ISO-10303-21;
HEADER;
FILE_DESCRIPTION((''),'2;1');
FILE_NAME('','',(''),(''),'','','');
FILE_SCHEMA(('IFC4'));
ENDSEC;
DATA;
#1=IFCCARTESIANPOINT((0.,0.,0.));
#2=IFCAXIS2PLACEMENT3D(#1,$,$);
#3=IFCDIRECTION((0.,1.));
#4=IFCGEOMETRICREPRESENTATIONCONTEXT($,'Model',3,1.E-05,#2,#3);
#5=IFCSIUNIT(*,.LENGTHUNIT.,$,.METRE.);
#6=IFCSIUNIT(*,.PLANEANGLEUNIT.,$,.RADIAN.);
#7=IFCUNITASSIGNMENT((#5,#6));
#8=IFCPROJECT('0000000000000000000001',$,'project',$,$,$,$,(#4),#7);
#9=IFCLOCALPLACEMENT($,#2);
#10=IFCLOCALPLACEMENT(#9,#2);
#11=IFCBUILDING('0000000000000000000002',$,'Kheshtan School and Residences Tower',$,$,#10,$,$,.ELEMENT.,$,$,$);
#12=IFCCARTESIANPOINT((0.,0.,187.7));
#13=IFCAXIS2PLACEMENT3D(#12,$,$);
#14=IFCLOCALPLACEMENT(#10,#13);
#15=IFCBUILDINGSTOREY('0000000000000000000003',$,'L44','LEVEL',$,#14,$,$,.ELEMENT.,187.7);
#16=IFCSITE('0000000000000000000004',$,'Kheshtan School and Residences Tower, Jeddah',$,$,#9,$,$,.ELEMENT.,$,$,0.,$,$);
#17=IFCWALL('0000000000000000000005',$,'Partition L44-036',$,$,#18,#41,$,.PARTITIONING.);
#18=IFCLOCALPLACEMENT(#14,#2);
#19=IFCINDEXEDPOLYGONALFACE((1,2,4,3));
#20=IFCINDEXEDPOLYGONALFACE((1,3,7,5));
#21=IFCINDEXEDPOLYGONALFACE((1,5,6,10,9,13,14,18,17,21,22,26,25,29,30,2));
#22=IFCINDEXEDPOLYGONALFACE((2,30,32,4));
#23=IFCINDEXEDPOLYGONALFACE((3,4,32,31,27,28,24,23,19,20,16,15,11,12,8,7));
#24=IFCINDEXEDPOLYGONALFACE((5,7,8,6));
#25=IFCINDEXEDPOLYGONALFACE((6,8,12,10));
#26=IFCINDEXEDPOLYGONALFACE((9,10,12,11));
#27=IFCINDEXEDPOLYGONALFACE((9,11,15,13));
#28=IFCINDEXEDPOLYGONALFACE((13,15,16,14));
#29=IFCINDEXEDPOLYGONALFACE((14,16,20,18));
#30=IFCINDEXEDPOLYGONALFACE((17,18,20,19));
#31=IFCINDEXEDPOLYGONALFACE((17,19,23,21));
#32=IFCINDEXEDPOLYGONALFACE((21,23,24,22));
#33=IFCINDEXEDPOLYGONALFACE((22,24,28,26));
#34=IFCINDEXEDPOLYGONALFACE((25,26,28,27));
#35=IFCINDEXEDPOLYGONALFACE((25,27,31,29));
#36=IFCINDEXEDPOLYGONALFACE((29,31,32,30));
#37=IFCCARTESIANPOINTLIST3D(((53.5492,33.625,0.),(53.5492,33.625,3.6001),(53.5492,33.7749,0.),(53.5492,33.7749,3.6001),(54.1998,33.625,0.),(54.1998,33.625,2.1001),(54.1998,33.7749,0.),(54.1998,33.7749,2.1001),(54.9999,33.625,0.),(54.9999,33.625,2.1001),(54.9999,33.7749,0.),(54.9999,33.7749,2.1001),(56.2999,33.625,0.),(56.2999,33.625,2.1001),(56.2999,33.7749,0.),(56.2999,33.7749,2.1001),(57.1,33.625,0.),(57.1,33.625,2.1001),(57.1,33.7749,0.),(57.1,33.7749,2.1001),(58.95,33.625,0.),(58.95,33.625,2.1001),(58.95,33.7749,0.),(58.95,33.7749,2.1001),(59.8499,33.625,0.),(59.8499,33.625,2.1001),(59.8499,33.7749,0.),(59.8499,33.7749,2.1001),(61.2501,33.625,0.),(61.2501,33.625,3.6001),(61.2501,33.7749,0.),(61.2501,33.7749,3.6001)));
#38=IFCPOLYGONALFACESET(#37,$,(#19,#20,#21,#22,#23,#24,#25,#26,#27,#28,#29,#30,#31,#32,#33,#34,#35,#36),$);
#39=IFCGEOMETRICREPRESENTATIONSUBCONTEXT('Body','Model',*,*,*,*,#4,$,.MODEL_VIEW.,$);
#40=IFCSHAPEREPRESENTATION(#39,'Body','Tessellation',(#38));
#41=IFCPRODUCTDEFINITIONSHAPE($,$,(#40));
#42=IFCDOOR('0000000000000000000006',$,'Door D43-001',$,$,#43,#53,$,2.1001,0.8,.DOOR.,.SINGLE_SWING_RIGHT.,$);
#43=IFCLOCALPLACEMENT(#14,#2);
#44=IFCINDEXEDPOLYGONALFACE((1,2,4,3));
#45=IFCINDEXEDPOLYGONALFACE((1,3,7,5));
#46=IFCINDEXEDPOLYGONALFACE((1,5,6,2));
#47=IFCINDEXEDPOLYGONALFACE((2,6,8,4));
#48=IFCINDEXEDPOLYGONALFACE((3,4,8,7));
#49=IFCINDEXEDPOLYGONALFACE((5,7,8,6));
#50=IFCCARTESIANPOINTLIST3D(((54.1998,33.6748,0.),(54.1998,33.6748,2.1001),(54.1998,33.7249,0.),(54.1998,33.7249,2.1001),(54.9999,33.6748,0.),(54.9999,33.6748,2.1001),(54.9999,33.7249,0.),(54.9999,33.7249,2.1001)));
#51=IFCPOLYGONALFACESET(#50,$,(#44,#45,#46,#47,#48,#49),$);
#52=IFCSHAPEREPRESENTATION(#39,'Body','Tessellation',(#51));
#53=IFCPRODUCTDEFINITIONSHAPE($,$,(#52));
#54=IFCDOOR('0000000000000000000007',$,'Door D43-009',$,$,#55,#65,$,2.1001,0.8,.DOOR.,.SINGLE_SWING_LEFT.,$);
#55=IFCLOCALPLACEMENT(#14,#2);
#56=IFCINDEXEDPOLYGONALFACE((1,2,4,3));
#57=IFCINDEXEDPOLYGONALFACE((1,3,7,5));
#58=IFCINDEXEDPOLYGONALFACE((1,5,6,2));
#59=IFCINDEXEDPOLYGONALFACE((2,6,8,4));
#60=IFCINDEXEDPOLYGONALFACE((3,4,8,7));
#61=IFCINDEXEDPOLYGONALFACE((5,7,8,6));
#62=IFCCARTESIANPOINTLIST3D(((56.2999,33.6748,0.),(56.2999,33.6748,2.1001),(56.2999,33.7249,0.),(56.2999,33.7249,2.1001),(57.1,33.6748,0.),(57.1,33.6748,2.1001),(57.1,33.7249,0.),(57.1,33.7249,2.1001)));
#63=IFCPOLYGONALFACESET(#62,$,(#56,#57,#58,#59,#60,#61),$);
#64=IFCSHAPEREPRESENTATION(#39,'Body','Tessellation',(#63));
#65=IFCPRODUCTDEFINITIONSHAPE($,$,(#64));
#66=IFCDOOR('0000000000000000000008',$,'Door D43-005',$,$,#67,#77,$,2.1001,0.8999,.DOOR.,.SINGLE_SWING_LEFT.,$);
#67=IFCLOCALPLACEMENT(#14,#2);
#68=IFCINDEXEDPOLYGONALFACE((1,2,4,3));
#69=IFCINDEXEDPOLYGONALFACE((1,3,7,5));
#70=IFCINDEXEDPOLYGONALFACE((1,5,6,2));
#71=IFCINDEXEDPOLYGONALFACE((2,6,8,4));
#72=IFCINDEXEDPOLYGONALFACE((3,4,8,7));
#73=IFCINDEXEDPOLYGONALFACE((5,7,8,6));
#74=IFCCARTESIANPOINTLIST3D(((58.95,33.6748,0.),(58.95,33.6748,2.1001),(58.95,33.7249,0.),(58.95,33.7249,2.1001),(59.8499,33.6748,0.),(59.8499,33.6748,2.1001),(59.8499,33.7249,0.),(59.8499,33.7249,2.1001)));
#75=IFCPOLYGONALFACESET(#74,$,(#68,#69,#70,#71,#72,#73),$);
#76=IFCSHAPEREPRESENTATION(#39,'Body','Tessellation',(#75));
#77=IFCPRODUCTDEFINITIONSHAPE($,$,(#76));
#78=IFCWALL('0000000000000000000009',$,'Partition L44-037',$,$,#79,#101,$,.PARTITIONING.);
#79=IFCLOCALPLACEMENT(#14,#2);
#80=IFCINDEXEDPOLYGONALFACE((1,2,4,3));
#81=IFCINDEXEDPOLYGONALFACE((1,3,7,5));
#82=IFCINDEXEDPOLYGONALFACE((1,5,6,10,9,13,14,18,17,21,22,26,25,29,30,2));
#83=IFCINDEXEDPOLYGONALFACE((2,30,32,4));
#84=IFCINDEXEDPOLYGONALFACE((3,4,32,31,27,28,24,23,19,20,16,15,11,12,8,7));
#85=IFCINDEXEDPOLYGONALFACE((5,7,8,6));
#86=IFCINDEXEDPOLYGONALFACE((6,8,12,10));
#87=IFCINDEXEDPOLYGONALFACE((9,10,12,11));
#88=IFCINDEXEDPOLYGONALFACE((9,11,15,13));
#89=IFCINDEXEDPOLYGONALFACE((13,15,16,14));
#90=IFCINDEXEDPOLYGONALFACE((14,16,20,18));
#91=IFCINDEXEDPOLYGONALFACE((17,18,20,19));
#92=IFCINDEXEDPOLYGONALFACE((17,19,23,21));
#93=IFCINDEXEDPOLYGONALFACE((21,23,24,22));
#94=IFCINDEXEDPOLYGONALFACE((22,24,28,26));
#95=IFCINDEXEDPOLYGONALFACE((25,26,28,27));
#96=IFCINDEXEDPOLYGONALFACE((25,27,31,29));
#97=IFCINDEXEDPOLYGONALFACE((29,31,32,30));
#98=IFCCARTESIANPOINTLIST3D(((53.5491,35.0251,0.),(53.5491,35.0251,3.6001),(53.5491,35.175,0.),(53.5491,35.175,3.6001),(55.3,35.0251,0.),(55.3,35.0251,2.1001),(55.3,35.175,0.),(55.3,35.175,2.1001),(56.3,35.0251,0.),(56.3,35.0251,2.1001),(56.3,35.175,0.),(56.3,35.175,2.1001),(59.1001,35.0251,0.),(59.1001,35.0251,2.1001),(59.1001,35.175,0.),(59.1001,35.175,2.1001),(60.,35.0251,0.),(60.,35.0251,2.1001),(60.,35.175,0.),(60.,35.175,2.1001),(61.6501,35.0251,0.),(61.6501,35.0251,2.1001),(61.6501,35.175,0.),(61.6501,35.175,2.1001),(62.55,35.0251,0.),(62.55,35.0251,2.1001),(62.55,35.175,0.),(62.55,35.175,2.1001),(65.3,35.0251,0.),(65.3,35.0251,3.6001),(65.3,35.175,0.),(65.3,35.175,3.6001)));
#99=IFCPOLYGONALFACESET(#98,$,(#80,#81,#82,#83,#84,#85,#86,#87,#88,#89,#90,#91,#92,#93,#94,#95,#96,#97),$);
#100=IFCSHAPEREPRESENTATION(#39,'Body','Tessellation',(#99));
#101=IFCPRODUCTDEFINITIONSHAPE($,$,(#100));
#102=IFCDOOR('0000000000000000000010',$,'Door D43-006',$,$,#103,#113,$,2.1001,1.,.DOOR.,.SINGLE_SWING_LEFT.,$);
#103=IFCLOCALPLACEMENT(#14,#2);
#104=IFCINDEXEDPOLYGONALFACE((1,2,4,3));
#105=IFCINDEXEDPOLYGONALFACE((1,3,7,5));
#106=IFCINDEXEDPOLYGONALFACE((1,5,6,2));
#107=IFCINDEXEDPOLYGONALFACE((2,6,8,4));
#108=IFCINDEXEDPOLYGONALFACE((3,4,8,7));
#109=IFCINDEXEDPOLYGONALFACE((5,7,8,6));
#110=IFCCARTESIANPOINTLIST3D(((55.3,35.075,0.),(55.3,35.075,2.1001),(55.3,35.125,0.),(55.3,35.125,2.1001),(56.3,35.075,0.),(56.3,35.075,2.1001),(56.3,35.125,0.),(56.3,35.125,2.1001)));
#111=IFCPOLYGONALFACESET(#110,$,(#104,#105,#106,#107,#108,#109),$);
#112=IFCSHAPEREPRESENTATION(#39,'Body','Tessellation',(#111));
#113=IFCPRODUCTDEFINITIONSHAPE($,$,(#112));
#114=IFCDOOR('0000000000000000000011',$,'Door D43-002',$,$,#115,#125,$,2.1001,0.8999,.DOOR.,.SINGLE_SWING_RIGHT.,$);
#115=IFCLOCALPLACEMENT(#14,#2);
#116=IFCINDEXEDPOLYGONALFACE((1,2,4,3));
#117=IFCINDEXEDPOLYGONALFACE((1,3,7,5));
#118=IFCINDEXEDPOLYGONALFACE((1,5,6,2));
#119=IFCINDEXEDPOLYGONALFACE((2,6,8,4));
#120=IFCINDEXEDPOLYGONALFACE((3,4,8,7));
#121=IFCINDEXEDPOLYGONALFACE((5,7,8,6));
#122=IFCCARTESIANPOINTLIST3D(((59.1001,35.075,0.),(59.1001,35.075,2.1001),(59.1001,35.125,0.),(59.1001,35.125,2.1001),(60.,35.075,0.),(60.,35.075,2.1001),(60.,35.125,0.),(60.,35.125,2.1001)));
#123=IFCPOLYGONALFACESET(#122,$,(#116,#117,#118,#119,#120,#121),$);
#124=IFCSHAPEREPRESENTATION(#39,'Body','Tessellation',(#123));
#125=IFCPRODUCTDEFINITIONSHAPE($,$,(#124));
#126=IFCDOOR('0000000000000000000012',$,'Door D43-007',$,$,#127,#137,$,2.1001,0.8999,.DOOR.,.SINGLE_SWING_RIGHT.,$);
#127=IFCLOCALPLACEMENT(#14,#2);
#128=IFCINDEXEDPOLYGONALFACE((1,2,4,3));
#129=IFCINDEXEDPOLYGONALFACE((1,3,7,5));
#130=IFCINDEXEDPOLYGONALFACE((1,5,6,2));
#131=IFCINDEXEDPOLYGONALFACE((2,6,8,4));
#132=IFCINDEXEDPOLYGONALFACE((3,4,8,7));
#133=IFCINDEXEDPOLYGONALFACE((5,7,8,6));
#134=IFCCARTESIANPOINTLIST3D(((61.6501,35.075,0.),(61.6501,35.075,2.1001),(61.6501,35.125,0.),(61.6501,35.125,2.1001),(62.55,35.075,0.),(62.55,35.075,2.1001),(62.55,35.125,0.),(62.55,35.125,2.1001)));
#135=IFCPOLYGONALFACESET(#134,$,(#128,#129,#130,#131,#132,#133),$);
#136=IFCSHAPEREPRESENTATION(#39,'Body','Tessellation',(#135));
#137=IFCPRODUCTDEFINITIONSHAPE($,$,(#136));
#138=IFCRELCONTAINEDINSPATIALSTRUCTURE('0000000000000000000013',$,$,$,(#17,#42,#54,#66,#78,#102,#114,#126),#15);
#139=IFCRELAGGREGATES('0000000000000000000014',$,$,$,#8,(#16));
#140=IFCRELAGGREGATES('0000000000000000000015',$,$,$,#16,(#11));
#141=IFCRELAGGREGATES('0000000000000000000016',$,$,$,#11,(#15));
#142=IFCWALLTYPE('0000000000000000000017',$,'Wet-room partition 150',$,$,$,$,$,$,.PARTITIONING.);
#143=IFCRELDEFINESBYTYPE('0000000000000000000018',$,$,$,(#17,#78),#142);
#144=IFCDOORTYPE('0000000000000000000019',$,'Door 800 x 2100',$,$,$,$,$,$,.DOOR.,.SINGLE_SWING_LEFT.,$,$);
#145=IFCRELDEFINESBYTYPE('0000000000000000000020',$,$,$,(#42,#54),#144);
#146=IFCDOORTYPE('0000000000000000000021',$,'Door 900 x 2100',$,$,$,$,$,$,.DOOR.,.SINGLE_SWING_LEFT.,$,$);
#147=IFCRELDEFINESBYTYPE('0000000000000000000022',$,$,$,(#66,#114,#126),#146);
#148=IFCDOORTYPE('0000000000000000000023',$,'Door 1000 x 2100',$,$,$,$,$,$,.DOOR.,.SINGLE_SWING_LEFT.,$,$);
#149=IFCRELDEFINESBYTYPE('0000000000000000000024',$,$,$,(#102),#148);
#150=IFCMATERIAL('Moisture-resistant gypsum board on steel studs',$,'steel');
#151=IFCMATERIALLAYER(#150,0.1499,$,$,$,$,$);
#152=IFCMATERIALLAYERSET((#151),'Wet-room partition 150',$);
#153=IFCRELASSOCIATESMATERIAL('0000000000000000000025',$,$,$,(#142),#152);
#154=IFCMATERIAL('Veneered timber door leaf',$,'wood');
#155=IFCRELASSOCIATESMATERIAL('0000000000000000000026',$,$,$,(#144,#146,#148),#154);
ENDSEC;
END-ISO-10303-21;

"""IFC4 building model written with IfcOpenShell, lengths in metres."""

from ifc_helpers import new_model, si_unit, direction, frame, frame_2d, origin, place, context, subcontext, project, spatial, rectangle, extrude, source, transform, mapped, material, layer, layer_set, type_object, element, fill, save


model = new_model("IFC4")

# Units and contexts
model_context = context("Model", 3, precision=1e-05, world=origin(), true_north=direction((0.0, 1.0)))
body_context = subcontext(model_context, "Body", "Model", "MODEL_VIEW")
ifc_project = project(units=[si_unit("LENGTHUNIT", "METRE"), si_unit("PLANEANGLEUNIT", "RADIAN")], contexts=[model_context])

# Site, building, storey
site_placement = place(None, origin())
site = spatial("IfcSite", under=ifc_project, at=site_placement, Name="Kheshtan School and Residences Tower, Jeddah", CompositionType="ELEMENT", RefElevation=0.0)
building_placement = place(site_placement, origin())
building = spatial("IfcBuilding", under=site, at=building_placement, Name="Kheshtan School and Residences Tower", CompositionType="ELEMENT")
storey_placement = place(building_placement, frame((0.0, 0.0, 187.7)))
storey = spatial("IfcBuildingStorey", under=building, at=storey_placement, Name="L44", Description="LEVEL", CompositionType="ELEMENT", Elevation=187.7)

# Walls, openings, doors
ifc_material_1 = material(Name="Moisture-resistant gypsum board on steel studs", Category="steel")
ifc_layer_1 = layer(ifc_material_1, 0.1499)
ifc_layer_set_1 = layer_set([ifc_layer_1], Name="Wet-room partition 150")
wall_type_1 = type_object("IfcWallType", Name="Wet-room partition 150", PredefinedType="PARTITIONING", material=ifc_layer_set_1)
wall_1_placement = place(storey_placement, frame((53.5491, 33.7, 0.0), z_axis=(0.0, 0.0, 1.0), x_axis=(1.0, 0.0, 0.0)))
wall_1 = element("IfcWall", 1, at=wall_1_placement, inside=storey, type_object=wall_type_1, Name="Partition L44-036", PredefinedType="PARTITIONING", context=body_context, shape_type="SweptSolid", body=[
    extrude(rectangle(XDim=7.7009, YDim=0.1499, at=frame_2d((3.8506, 0.0))), origin(), (0.0, 0.0, 1.0), 3.6001),
])
opening_1_placement = place(wall_1_placement, frame((0.6509, 0.0, 0.0)))
opening_1 = element("IfcOpeningElement", 2, at=opening_1_placement, cuts=wall_1, PredefinedType="OPENING", context=body_context, shape_type="SweptSolid", body=[
    extrude(rectangle(XDim=0.8, YDim=2.1001, at=frame_2d((0.3999, 1.05))), frame((0.0, 0.085, 0.0), z_axis=(0.0, -1.0, 0.0), x_axis=(1.0, 0.0, 0.0)), (0.0, 0.0, 1.0), 0.1699),
])
opening_2_placement = place(wall_1_placement, frame((5.4009, 0.0, 0.0)))
opening_2 = element("IfcOpeningElement", 3, at=opening_2_placement, cuts=wall_1, PredefinedType="OPENING", context=body_context, shape_type="SweptSolid", body=[
    extrude(rectangle(XDim=0.8999, YDim=2.1001, at=frame_2d((0.45, 1.05))), frame((0.0, 0.085, 0.0), z_axis=(0.0, -1.0, 0.0), x_axis=(1.0, 0.0, 0.0)), (0.0, 0.0, 1.0), 0.1699),
])
opening_3_placement = place(wall_1_placement, frame((2.751, 0.0, 0.0)))
opening_3 = element("IfcOpeningElement", 4, at=opening_3_placement, cuts=wall_1, PredefinedType="OPENING", context=body_context, shape_type="SweptSolid", body=[
    extrude(rectangle(XDim=0.8, YDim=2.1001, at=frame_2d((0.3999, 1.05))), frame((0.0, 0.085, 0.0), z_axis=(0.0, -1.0, 0.0), x_axis=(1.0, 0.0, 0.0)), (0.0, 0.0, 1.0), 0.1699),
])
ifc_material_2 = material(Name="Veneered timber door leaf", Category="wood")
door_type_1 = type_object("IfcDoorType", Name="Door 800 x 2100", OperationType="SINGLE_SWING_LEFT", PredefinedType="DOOR", material=ifc_material_2)
shared_shape_1 = source(origin(), body_context, "Body", "SweptSolid", [
    extrude(rectangle(XDim=0.8, YDim=2.1001, at=frame_2d((0.3999, 1.05))), frame((0.0, 0.0249, 0.0), z_axis=(0.0, -1.0, 0.0), x_axis=(1.0, 0.0, 0.0)), (0.0, 0.0, 1.0), 0.05),
])
door_1_placement = place(opening_1_placement, origin())
door_1 = element("IfcDoor", 5, at=door_1_placement, inside=storey, type_object=door_type_1, Name="Door D43-001", OperationType="SINGLE_SWING_RIGHT", OverallHeight=2.1001, OverallWidth=0.8, PredefinedType="DOOR", context=body_context, shape_type="MappedRepresentation", body=[
    mapped(shared_shape_1, transform((0.0, 0.0, 0.0), x_axis=(1.0, 0.0, 0.0), y_axis=(0.0, 1.0, 0.0), z_axis=(0.0, 0.0, 1.0), scale=1.0)),
])
fill(opening_1, door_1)
door_2_placement = place(opening_3_placement, origin())
door_2 = element("IfcDoor", 6, at=door_2_placement, inside=storey, type_object=door_type_1, Name="Door D43-009", OperationType="SINGLE_SWING_LEFT", OverallHeight=2.1001, OverallWidth=0.8, PredefinedType="DOOR", context=body_context, shape_type="MappedRepresentation", body=[
    mapped(shared_shape_1, transform((0.0, 0.0, 0.0), x_axis=(1.0, 0.0, 0.0), y_axis=(0.0, 1.0, 0.0), z_axis=(0.0, 0.0, 1.0), scale=1.0)),
])
fill(opening_3, door_2)
door_type_2 = type_object("IfcDoorType", Name="Door 900 x 2100", OperationType="SINGLE_SWING_LEFT", PredefinedType="DOOR", material=ifc_material_2)
shared_shape_2 = source(origin(), body_context, "Body", "SweptSolid", [
    extrude(rectangle(XDim=0.8999, YDim=2.1001, at=frame_2d((0.45, 1.05))), frame((0.0, 0.0249, 0.0), z_axis=(0.0, -1.0, 0.0), x_axis=(1.0, 0.0, 0.0)), (0.0, 0.0, 1.0), 0.05),
])
door_3_placement = place(opening_2_placement, origin())
door_3 = element("IfcDoor", 7, at=door_3_placement, inside=storey, type_object=door_type_2, Name="Door D43-005", OperationType="SINGLE_SWING_LEFT", OverallHeight=2.1001, OverallWidth=0.8999, PredefinedType="DOOR", context=body_context, shape_type="MappedRepresentation", body=[
    mapped(shared_shape_2, transform((0.0, 0.0, 0.0), x_axis=(1.0, 0.0, 0.0), y_axis=(0.0, 1.0, 0.0), z_axis=(0.0, 0.0, 1.0), scale=1.0)),
])
fill(opening_2, door_3)
wall_2_placement = place(storey_placement, frame((53.5491, 35.1001, 0.0), z_axis=(0.0, 0.0, 1.0), x_axis=(1.0, 0.0, 0.0)))
wall_2 = element("IfcWall", 8, at=wall_2_placement, inside=storey, type_object=wall_type_1, Name="Partition L44-037", PredefinedType="PARTITIONING", context=body_context, shape_type="SweptSolid", body=[
    extrude(rectangle(XDim=11.751, YDim=0.1499, at=frame_2d((5.8755, 0.0))), origin(), (0.0, 0.0, 1.0), 3.6001),
])
opening_4_placement = place(wall_2_placement, frame((5.551, 0.0, 0.0)))
opening_4 = element("IfcOpeningElement", 9, at=opening_4_placement, cuts=wall_2, PredefinedType="OPENING", context=body_context, shape_type="SweptSolid", body=[
    extrude(rectangle(XDim=0.8999, YDim=2.1001, at=frame_2d((0.45, 1.05))), frame((0.0, 0.085, 0.0), z_axis=(0.0, -1.0, 0.0), x_axis=(1.0, 0.0, 0.0)), (0.0, 0.0, 1.0), 0.1699),
])
opening_5_placement = place(wall_2_placement, frame((1.751, 0.0, 0.0)))
opening_5 = element("IfcOpeningElement", 10, at=opening_5_placement, cuts=wall_2, PredefinedType="OPENING", context=body_context, shape_type="SweptSolid", body=[
    extrude(rectangle(XDim=1.0, YDim=2.1001, at=frame_2d((0.5, 1.05))), frame((0.0, 0.085, 0.0), z_axis=(0.0, -1.0, 0.0), x_axis=(1.0, 0.0, 0.0)), (0.0, 0.0, 1.0), 0.1699),
])
opening_6_placement = place(wall_2_placement, frame((8.1011, 0.0, 0.0)))
opening_6 = element("IfcOpeningElement", 11, at=opening_6_placement, cuts=wall_2, PredefinedType="OPENING", context=body_context, shape_type="SweptSolid", body=[
    extrude(rectangle(XDim=0.8999, YDim=2.1001, at=frame_2d((0.45, 1.05))), frame((0.0, 0.085, 0.0), z_axis=(0.0, -1.0, 0.0), x_axis=(1.0, 0.0, 0.0)), (0.0, 0.0, 1.0), 0.1699),
])
door_type_3 = type_object("IfcDoorType", Name="Door 1000 x 2100", OperationType="SINGLE_SWING_LEFT", PredefinedType="DOOR", material=ifc_material_2)
shared_shape_3 = source(origin(), body_context, "Body", "SweptSolid", [
    extrude(rectangle(XDim=1.0, YDim=2.1001, at=frame_2d((0.5, 1.05))), frame((0.0, 0.0249, 0.0), z_axis=(0.0, -1.0, 0.0), x_axis=(1.0, 0.0, 0.0)), (0.0, 0.0, 1.0), 0.05),
])
door_4_placement = place(opening_5_placement, origin())
door_4 = element("IfcDoor", 12, at=door_4_placement, inside=storey, type_object=door_type_3, Name="Door D43-006", OperationType="SINGLE_SWING_LEFT", OverallHeight=2.1001, OverallWidth=1.0, PredefinedType="DOOR", context=body_context, shape_type="MappedRepresentation", body=[
    mapped(shared_shape_3, transform((0.0, 0.0, 0.0), x_axis=(1.0, 0.0, 0.0), y_axis=(0.0, 1.0, 0.0), z_axis=(0.0, 0.0, 1.0), scale=1.0)),
])
fill(opening_5, door_4)
door_5_placement = place(opening_4_placement, origin())
door_5 = element("IfcDoor", 13, at=door_5_placement, inside=storey, type_object=door_type_2, Name="Door D43-002", OperationType="SINGLE_SWING_RIGHT", OverallHeight=2.1001, OverallWidth=0.8999, PredefinedType="DOOR", context=body_context, shape_type="MappedRepresentation", body=[
    mapped(shared_shape_2, transform((0.0, 0.0, 0.0), x_axis=(1.0, 0.0, 0.0), y_axis=(0.0, 1.0, 0.0), z_axis=(0.0, 0.0, 1.0), scale=1.0)),
])
fill(opening_4, door_5)
door_6_placement = place(opening_6_placement, origin())
door_6 = element("IfcDoor", 14, at=door_6_placement, inside=storey, type_object=door_type_2, Name="Door D43-007", OperationType="SINGLE_SWING_RIGHT", OverallHeight=2.1001, OverallWidth=0.8999, PredefinedType="DOOR", context=body_context, shape_type="MappedRepresentation", body=[
    mapped(shared_shape_2, transform((0.0, 0.0, 0.0), x_axis=(1.0, 0.0, 0.0), y_axis=(0.0, 1.0, 0.0), z_axis=(0.0, 0.0, 1.0), scale=1.0)),
])
fill(opening_6, door_6)

save(model, "model.ifc")
